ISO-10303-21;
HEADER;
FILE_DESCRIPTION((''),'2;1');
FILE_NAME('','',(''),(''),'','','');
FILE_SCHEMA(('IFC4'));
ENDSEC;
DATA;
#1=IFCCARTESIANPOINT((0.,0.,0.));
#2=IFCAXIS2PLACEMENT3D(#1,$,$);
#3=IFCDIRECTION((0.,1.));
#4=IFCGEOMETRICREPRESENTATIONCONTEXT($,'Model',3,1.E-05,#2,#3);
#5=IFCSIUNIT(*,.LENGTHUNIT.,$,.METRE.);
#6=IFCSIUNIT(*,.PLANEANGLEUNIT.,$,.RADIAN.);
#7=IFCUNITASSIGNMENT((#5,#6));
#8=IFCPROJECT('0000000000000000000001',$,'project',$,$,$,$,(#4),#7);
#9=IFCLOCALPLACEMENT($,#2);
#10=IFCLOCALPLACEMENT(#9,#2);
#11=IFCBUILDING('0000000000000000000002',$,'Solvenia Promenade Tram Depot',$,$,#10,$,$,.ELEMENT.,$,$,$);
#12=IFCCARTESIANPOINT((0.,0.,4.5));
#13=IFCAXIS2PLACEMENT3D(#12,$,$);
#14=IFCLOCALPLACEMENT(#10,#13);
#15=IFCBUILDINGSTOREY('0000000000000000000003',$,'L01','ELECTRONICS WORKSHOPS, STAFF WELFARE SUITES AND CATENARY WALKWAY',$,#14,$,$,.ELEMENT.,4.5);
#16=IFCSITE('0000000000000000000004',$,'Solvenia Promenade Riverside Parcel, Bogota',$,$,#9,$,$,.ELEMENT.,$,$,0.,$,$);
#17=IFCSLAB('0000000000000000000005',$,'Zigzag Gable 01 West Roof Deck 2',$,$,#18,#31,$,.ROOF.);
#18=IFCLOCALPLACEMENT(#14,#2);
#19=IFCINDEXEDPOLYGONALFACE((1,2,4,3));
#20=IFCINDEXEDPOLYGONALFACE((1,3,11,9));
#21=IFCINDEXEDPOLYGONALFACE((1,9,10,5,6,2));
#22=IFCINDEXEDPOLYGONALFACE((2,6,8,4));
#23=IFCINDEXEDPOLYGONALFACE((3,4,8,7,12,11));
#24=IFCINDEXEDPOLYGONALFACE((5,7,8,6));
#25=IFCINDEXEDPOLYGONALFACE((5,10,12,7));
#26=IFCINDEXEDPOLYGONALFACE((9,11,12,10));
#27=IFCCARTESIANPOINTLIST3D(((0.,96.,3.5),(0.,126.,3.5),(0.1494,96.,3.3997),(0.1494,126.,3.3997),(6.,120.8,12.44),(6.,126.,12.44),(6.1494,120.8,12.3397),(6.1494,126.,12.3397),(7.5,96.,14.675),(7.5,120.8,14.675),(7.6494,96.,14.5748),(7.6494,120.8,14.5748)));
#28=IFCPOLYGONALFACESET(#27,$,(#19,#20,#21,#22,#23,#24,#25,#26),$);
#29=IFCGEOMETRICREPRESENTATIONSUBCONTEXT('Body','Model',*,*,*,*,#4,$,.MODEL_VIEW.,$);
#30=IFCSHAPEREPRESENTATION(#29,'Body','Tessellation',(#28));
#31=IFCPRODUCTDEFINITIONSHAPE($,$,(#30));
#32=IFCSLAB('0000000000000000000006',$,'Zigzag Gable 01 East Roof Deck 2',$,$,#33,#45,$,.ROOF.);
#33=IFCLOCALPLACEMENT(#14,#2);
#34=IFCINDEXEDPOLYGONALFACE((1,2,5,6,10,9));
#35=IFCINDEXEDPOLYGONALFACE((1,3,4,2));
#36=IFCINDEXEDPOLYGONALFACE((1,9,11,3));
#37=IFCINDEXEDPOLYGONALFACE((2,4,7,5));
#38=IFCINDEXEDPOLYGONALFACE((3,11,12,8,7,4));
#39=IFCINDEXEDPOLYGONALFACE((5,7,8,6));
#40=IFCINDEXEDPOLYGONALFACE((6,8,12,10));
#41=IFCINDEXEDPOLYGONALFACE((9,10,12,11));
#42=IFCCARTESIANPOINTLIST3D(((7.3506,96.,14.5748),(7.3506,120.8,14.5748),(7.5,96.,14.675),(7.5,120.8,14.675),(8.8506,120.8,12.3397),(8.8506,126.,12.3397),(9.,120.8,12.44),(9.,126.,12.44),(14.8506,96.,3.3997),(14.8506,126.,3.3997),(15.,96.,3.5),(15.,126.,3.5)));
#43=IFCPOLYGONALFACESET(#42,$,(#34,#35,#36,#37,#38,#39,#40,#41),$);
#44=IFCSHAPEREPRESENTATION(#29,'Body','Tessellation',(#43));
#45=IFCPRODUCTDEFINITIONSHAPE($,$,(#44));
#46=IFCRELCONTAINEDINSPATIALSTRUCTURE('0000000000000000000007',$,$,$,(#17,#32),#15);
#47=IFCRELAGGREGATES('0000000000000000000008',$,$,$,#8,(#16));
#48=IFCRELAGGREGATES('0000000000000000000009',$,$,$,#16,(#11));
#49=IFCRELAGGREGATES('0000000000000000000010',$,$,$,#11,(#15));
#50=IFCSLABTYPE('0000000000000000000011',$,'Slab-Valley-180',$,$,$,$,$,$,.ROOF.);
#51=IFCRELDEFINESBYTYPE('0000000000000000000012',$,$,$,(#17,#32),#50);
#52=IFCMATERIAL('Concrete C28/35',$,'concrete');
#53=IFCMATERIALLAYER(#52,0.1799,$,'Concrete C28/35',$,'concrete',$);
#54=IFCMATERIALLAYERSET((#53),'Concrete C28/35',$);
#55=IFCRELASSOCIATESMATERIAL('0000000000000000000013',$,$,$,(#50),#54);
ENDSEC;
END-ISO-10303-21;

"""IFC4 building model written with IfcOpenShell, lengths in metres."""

from ifc_helpers import new_model, si_unit, direction, frame, origin, place, context, subcontext, project, spatial, polyline, outline, extrude, material, layer, layer_set, type_object, element, save


model = new_model("IFC4")

# Units and contexts
model_context = context("Model", 3, precision=1e-05, world=origin(), true_north=direction((0.0, 1.0)))
body_context = subcontext(model_context, "Body", "Model", "MODEL_VIEW")
ifc_project = project(units=[si_unit("LENGTHUNIT", "METRE"), si_unit("PLANEANGLEUNIT", "RADIAN")], contexts=[model_context])

# Site, building, storey
site_placement = place(None, origin())
site = spatial("IfcSite", under=ifc_project, at=site_placement, Name="Solvenia Promenade Riverside Parcel, Bogota", CompositionType="ELEMENT", RefElevation=0.0)
building_placement = place(site_placement, origin())
building = spatial("IfcBuilding", under=site, at=building_placement, Name="Solvenia Promenade Tram Depot", CompositionType="ELEMENT")
storey_placement = place(building_placement, frame((0.0, 0.0, 4.5)))
storey = spatial("IfcBuildingStorey", under=building, at=storey_placement, Name="L01", Description="ELECTRONICS WORKSHOPS, STAFF WELFARE SUITES AND CATENARY WALKWAY", CompositionType="ELEMENT", Elevation=4.5)

# Slabs
ifc_material_1 = material(Name="Concrete C28/35", Category="concrete")
ifc_layer_1 = layer(ifc_material_1, 0.1799, Name="Concrete C28/35", Category="concrete")
ifc_layer_set_1 = layer_set([ifc_layer_1], Name="Concrete C28/35")
slab_type = type_object("IfcSlabType", Name="Slab-Valley-180", PredefinedType="ROOF", material=ifc_layer_set_1)
slab_1_placement = place(storey_placement, frame((0.0, 96.0, 3.5), z_axis=(-0.830332, 0.000001, 0.557268), x_axis=(0.000001, 1.0, -0.000001)))
element("IfcSlab", 1, at=slab_1_placement, inside=storey, type_object=slab_type, Name="Zigzag Gable 01 West Roof Deck 2", PredefinedType="ROOF", context=body_context, shape_type="SweptSolid", body=[
    extrude(outline(polyline([(0.0, 0.0), (30.0, 0.0), (30.0, -10.7667), (24.8, -10.7667), (24.8, -13.4585), (0.0, -13.4585), (0.0, 0.0)])), origin(), (0.0, 0.0, -1.0), 0.1799),
])
slab_2_placement = place(storey_placement, frame((7.5, 96.0, 14.675), z_axis=(0.830332, 0.000001, 0.557268), x_axis=(-0.000001, 1.0, -0.000001)))
element("IfcSlab", 2, at=slab_2_placement, inside=storey, type_object=slab_type, Name="Zigzag Gable 01 East Roof Deck 2", PredefinedType="ROOF", context=body_context, shape_type="SweptSolid", body=[
    extrude(outline(polyline([(0.0, 0.0), (24.8, 0.0), (24.8, -2.6918), (30.0, -2.6918), (30.0, -13.4585), (0.0, -13.4585), (0.0, 0.0)])), origin(), (0.0, 0.0, -1.0), 0.1799),
])

save(model, "model.ifc")
